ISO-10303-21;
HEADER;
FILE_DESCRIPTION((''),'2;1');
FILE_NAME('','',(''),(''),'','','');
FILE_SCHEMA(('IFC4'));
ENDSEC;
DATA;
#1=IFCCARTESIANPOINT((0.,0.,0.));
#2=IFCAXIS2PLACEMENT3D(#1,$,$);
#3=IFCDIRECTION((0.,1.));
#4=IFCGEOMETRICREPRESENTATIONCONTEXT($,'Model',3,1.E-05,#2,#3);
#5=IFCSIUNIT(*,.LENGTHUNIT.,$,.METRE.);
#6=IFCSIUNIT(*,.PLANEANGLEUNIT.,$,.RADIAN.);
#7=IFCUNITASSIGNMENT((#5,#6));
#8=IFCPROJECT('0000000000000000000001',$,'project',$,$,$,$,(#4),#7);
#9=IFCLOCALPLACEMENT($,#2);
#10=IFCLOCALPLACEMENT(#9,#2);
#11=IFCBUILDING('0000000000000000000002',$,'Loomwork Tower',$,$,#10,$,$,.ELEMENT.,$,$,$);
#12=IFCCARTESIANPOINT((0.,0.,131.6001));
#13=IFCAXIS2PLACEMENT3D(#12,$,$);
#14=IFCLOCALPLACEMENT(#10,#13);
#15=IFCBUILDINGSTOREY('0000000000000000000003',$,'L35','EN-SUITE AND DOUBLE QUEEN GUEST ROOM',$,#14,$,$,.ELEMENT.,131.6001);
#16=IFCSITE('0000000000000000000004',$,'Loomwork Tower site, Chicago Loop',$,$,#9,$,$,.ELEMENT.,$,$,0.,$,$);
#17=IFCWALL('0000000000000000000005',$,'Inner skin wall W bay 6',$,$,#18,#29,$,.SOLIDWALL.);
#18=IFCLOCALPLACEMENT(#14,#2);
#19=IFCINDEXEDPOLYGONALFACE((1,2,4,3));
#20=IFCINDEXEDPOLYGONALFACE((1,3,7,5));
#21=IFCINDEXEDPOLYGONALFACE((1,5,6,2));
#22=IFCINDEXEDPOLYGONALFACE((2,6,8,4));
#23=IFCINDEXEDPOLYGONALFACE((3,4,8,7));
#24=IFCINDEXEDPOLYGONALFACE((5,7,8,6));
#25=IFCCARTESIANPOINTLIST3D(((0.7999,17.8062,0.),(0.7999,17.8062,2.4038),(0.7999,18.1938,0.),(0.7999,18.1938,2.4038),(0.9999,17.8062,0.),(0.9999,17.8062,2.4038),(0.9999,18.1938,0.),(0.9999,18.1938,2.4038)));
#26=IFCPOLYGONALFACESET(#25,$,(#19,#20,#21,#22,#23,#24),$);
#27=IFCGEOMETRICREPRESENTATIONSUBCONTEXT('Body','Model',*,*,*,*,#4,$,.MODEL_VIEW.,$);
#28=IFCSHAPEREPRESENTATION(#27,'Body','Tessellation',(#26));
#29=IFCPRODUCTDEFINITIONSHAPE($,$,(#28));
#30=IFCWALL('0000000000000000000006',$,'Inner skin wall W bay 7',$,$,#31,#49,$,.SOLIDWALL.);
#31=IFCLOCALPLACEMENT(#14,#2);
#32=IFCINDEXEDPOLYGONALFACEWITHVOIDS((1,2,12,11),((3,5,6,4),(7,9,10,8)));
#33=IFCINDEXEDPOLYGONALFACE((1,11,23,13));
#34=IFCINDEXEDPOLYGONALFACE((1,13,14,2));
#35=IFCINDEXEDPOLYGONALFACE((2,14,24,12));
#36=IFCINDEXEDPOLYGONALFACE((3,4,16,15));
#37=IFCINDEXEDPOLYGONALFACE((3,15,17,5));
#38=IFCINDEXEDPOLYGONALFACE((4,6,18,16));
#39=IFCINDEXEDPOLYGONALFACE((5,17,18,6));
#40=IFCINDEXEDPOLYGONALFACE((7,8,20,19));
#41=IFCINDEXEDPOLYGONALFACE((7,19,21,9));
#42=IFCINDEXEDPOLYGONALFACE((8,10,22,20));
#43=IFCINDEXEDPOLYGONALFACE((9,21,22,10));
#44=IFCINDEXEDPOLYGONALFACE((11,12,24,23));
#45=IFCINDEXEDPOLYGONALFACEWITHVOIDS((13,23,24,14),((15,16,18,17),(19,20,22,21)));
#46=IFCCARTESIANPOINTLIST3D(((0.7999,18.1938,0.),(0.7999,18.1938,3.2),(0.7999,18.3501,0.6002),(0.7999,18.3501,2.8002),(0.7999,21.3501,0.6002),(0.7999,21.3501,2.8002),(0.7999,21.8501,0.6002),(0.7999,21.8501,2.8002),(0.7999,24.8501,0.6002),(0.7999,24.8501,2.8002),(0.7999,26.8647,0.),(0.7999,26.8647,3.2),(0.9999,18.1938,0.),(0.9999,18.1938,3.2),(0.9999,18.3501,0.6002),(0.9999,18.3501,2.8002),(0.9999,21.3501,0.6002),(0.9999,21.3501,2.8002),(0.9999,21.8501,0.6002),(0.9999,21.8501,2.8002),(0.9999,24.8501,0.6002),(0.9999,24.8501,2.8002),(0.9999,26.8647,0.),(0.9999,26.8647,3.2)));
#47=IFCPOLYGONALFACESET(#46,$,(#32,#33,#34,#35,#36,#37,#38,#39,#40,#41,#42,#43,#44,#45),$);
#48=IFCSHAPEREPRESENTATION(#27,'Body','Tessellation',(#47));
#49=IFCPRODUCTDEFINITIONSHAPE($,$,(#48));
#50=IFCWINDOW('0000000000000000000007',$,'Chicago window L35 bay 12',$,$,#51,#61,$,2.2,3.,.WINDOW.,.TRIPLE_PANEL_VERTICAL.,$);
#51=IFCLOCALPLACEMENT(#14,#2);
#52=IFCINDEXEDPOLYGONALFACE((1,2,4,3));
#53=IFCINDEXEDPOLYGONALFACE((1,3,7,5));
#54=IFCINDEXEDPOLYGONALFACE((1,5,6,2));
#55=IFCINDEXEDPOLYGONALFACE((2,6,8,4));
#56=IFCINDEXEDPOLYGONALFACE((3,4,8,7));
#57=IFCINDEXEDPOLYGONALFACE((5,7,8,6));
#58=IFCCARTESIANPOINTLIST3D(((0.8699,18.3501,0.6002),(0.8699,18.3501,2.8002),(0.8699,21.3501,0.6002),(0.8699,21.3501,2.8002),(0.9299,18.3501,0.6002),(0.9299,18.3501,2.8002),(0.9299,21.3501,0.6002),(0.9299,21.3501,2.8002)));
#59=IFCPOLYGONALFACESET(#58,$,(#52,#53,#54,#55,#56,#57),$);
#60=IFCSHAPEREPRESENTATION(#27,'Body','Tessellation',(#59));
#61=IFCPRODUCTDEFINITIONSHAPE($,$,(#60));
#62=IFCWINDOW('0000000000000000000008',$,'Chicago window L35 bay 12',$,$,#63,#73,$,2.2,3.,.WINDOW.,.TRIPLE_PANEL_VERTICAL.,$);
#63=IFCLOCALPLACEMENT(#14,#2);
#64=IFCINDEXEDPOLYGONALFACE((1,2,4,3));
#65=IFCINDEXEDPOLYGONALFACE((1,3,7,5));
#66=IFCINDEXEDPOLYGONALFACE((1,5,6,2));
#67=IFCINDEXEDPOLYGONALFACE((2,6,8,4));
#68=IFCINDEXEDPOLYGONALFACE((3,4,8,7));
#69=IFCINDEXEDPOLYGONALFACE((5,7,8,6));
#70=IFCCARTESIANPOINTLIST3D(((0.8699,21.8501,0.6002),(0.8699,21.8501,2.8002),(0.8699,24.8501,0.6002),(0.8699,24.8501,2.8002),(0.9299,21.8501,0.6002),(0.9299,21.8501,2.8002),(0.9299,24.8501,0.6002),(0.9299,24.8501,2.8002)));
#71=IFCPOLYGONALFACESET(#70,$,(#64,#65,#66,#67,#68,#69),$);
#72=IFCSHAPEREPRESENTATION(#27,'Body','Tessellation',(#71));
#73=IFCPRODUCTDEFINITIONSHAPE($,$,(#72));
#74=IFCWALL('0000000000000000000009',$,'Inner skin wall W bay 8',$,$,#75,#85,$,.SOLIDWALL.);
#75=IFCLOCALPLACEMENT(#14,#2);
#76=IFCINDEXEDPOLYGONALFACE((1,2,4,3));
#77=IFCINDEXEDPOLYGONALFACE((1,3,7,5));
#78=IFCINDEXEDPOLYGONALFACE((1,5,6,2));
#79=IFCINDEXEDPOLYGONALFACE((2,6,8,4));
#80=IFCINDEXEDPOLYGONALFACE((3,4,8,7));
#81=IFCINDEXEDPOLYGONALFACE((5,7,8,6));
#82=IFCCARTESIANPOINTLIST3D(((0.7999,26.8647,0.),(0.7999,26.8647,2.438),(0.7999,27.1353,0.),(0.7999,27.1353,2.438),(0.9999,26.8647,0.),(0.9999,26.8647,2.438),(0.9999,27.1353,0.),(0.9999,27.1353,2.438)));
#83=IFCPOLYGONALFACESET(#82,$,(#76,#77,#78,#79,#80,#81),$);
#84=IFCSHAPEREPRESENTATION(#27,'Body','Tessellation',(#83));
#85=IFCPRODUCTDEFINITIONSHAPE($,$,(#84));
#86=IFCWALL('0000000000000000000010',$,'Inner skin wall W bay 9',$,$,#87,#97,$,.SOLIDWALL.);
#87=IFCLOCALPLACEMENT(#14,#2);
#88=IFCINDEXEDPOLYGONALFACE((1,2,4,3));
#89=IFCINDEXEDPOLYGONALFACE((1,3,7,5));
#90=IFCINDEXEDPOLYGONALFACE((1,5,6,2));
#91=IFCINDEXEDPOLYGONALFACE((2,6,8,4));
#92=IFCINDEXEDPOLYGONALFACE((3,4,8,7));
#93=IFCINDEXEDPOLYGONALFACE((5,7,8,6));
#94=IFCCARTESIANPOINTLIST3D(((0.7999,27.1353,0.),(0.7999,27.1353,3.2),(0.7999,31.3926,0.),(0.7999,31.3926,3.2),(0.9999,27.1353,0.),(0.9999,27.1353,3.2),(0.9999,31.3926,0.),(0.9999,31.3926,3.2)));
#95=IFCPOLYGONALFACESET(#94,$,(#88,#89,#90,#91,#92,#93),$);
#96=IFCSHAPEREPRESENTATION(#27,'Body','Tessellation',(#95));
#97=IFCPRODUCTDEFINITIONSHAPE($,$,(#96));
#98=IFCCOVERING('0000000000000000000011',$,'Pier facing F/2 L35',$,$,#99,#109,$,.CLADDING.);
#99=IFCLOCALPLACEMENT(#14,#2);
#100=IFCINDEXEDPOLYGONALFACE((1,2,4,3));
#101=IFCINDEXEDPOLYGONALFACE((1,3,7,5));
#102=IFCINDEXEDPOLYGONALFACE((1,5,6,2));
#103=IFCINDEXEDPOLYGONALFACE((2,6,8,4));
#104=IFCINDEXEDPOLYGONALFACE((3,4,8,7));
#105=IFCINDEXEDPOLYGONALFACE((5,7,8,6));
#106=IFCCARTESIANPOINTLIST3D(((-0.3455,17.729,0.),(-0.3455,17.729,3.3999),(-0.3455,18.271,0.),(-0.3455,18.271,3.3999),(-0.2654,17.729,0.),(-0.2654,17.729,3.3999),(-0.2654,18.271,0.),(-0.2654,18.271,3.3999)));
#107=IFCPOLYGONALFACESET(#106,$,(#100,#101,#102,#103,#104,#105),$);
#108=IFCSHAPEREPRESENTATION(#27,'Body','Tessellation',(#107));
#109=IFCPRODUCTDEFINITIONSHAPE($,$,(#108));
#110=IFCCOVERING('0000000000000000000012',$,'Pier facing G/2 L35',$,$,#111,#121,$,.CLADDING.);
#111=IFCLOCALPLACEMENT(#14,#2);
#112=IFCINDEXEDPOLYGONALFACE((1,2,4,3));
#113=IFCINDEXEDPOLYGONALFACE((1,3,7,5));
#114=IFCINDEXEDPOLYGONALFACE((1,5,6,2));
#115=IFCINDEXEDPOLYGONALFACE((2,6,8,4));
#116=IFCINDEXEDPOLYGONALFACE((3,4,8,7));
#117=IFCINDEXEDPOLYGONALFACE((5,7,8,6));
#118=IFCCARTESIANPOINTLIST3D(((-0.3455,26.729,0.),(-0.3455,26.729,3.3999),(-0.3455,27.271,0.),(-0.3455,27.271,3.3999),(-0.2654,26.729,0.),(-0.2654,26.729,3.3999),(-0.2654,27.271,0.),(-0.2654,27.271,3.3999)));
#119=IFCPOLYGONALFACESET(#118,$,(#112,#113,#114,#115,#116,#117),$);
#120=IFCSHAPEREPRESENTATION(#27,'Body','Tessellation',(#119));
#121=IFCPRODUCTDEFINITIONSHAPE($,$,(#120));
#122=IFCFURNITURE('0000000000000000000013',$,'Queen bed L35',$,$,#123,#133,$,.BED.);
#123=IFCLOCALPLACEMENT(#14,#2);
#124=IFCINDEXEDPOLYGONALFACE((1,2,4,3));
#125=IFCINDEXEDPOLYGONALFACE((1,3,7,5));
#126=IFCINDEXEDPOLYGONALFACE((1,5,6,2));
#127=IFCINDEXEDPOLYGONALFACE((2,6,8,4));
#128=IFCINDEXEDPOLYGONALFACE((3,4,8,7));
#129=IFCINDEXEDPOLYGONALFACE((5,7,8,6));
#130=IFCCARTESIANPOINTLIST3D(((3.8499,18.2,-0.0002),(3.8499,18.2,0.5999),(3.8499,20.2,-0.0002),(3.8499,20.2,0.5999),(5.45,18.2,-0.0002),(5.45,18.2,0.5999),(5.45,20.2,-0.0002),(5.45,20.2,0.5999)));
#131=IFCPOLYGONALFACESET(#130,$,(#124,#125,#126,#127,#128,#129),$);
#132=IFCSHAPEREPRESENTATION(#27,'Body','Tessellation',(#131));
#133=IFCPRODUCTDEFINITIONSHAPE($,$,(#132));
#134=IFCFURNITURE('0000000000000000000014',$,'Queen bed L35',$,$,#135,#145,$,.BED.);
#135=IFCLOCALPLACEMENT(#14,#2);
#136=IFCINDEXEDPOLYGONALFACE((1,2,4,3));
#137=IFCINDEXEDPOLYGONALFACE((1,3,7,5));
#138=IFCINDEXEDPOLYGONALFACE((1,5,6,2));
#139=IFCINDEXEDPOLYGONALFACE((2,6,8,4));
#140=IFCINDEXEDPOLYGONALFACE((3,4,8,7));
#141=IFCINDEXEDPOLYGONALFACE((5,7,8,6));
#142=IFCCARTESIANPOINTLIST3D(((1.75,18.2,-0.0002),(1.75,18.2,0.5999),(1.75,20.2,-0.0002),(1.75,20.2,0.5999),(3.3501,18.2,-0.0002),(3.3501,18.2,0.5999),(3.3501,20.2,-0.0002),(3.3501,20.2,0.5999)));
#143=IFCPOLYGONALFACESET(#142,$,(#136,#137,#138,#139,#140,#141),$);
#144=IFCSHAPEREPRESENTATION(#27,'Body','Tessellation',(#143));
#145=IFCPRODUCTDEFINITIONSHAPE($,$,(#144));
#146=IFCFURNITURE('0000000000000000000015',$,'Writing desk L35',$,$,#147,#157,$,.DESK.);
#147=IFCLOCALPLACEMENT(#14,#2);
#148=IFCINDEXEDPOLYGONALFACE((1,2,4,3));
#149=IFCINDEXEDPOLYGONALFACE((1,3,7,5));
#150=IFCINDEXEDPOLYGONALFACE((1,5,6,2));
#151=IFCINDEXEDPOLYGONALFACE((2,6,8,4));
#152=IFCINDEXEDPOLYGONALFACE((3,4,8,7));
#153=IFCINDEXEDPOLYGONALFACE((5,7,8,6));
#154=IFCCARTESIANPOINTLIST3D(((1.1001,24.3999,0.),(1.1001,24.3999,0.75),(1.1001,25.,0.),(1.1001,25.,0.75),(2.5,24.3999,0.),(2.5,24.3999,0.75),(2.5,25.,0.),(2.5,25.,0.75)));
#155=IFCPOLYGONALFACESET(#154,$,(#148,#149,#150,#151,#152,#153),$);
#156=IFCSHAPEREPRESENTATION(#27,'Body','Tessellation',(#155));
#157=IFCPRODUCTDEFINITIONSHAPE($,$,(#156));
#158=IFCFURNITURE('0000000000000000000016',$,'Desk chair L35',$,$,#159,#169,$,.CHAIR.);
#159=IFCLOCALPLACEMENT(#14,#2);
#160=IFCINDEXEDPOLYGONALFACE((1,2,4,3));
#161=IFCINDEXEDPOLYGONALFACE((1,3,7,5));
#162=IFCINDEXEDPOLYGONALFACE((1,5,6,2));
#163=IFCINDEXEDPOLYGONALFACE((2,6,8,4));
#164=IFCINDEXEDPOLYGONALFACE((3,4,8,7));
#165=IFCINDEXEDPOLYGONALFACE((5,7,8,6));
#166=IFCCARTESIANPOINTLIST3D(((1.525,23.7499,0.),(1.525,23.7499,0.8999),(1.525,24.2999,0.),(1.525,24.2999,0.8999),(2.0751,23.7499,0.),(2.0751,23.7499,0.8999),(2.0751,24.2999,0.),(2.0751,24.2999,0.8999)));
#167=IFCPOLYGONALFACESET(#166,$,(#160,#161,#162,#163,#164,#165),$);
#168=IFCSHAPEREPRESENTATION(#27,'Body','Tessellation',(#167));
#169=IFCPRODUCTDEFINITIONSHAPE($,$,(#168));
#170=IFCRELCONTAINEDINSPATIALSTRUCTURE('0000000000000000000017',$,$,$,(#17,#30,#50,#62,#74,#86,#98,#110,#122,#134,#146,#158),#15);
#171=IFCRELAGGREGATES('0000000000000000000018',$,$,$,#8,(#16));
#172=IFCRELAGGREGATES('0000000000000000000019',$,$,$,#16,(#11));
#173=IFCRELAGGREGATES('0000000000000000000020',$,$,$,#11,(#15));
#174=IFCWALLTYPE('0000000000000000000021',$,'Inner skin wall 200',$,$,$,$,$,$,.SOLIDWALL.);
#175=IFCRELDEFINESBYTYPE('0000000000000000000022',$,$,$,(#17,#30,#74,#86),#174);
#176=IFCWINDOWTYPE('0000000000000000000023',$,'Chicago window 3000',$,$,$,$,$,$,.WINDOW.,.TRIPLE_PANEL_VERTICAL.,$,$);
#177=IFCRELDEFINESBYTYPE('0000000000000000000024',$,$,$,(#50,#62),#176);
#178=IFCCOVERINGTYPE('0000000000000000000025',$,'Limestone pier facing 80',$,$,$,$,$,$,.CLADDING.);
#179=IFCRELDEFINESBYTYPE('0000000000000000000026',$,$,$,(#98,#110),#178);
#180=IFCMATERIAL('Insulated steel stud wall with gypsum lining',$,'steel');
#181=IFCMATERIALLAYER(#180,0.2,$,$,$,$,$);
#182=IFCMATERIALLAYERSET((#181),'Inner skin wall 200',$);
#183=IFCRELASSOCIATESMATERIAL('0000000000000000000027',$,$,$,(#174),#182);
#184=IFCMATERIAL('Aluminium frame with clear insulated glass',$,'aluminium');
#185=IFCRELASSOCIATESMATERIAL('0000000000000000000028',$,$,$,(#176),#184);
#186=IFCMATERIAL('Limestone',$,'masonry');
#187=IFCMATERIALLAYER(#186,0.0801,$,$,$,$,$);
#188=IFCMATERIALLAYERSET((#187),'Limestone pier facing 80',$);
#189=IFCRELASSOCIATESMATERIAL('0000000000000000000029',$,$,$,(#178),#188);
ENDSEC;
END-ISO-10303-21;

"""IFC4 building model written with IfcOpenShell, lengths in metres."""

from ifc_helpers import new_model, si_unit, direction, frame, frame_2d, origin, origin_2d, place, context, subcontext, project, spatial, rectangle, extrude, material, layer, layer_set, type_object, element, fill, save


model = new_model("IFC4")

# Units and contexts
model_context = context("Model", 3, precision=1e-05, world=origin(), true_north=direction((0.0, 1.0)))
body_context = subcontext(model_context, "Body", "Model", "MODEL_VIEW")
ifc_project = project(units=[si_unit("LENGTHUNIT", "METRE"), si_unit("PLANEANGLEUNIT", "RADIAN")], contexts=[model_context])

# Site, building, storey
site_placement = place(None, origin())
site = spatial("IfcSite", under=ifc_project, at=site_placement, Name="Loomwork Tower site, Chicago Loop", CompositionType="ELEMENT", RefElevation=0.0)
building_placement = place(site_placement, origin())
building = spatial("IfcBuilding", under=site, at=building_placement, Name="Loomwork Tower", CompositionType="ELEMENT")
storey_placement = place(building_placement, frame((0.0, 0.0, 131.6001)))
storey = spatial("IfcBuildingStorey", under=building, at=storey_placement, Name="L35", Description="EN-SUITE AND DOUBLE QUEEN GUEST ROOM", CompositionType="ELEMENT", Elevation=131.6001)

# Wall
ifc_material_1 = material(Name="Insulated steel stud wall with gypsum lining", Category="steel")
ifc_layer_1 = layer(ifc_material_1, 0.2)
ifc_layer_set_1 = layer_set([ifc_layer_1], Name="Inner skin wall 200")
wall_type_1 = type_object("IfcWallType", Name="Inner skin wall 200", PredefinedType="SOLIDWALL", material=ifc_layer_set_1)
wall_1_placement = place(storey_placement, frame((0.8999, 17.8062, 0.0), z_axis=(0.0, 0.0, 1.0), x_axis=(0.0, 1.0, 0.0)))
element("IfcWall", 1, at=wall_1_placement, inside=storey, type_object=wall_type_1, Name="Inner skin wall W bay 6", PredefinedType="SOLIDWALL", context=body_context, shape_type="SweptSolid", body=[
    extrude(rectangle(XDim=0.3877, YDim=0.2, at=frame_2d((0.1938, 0.0))), origin(), (0.0, 0.0, 1.0), 2.4038),
])

# Wall, openings, windows
wall_2_placement = place(storey_placement, frame((0.8999, 18.1938, 0.0), z_axis=(0.0, 0.0, 1.0), x_axis=(0.0, 1.0, 0.0)))
wall_2 = element("IfcWall", 2, at=wall_2_placement, inside=storey, type_object=wall_type_1, Name="Inner skin wall W bay 7", PredefinedType="SOLIDWALL", context=body_context, shape_type="SweptSolid", body=[
    extrude(rectangle(XDim=8.6709, YDim=0.2, at=frame_2d((4.3354, 0.0))), origin(), (0.0, 0.0, 1.0), 3.2),
])
opening_1_placement = place(wall_2_placement, frame((0.1562, 0.0, 0.6001)))
opening_1 = element("IfcOpeningElement", 3, at=opening_1_placement, cuts=wall_2, PredefinedType="OPENING", context=body_context, shape_type="SweptSolid", body=[
    extrude(rectangle(XDim=3.0, YDim=2.2, at=frame_2d((1.5, 1.1001))), frame((0.0, 0.1099, 0.0), z_axis=(0.0, -1.0, 0.0), x_axis=(1.0, 0.0, 0.0)), (0.0, 0.0, 1.0), 0.22),
])
opening_2_placement = place(wall_2_placement, frame((3.6562, 0.0, 0.6001)))
opening_2 = element("IfcOpeningElement", 4, at=opening_2_placement, cuts=wall_2, PredefinedType="OPENING", context=body_context, shape_type="SweptSolid", body=[
    extrude(rectangle(XDim=3.0, YDim=2.2, at=frame_2d((1.5, 1.1001))), frame((0.0, 0.1099, 0.0), z_axis=(0.0, -1.0, 0.0), x_axis=(1.0, 0.0, 0.0)), (0.0, 0.0, 1.0), 0.22),
])
ifc_material_2 = material(Name="Aluminium frame with clear insulated glass", Category="aluminium")
window_type = type_object("IfcWindowType", Name="Chicago window 3000", PartitioningType="TRIPLE_PANEL_VERTICAL", PredefinedType="WINDOW", material=ifc_material_2)
window_1_placement = place(opening_1_placement, origin())
window_1 = element("IfcWindow", 5, at=window_1_placement, inside=storey, type_object=window_type, Name="Chicago window L35 bay 12", OverallHeight=2.2, OverallWidth=3.0, PartitioningType="TRIPLE_PANEL_VERTICAL", PredefinedType="WINDOW", context=body_context, shape_type="SweptSolid", body=[
    extrude(rectangle(XDim=3.0, YDim=2.2, at=frame_2d((1.5, 1.1001))), frame((0.0, 0.03, 0.0), z_axis=(0.0, -1.0, 0.0), x_axis=(1.0, 0.0, 0.0)), (0.0, 0.0, 1.0), 0.0601),
])
fill(opening_1, window_1)
window_2_placement = place(opening_2_placement, origin())
window_2 = element("IfcWindow", 6, at=window_2_placement, inside=storey, type_object=window_type, Name="Chicago window L35 bay 12", OverallHeight=2.2, OverallWidth=3.0, PartitioningType="TRIPLE_PANEL_VERTICAL", PredefinedType="WINDOW", context=body_context, shape_type="SweptSolid", body=[
    extrude(rectangle(XDim=3.0, YDim=2.2, at=frame_2d((1.5, 1.1001))), frame((0.0, 0.03, 0.0), z_axis=(0.0, -1.0, 0.0), x_axis=(1.0, 0.0, 0.0)), (0.0, 0.0, 1.0), 0.0601),
])
fill(opening_2, window_2)

# Walls
wall_3_placement = place(storey_placement, frame((0.8999, 26.8647, 0.0), z_axis=(0.0, 0.0, 1.0), x_axis=(0.0, 1.0, 0.0)))
element("IfcWall", 7, at=wall_3_placement, inside=storey, type_object=wall_type_1, Name="Inner skin wall W bay 8", PredefinedType="SOLIDWALL", context=body_context, shape_type="SweptSolid", body=[
    extrude(rectangle(XDim=0.2705, YDim=0.2, at=frame_2d((0.1353, 0.0))), origin(), (0.0, 0.0, 1.0), 2.438),
])
wall_4_placement = place(storey_placement, frame((0.8999, 27.1353, 0.0), z_axis=(0.0, 0.0, 1.0), x_axis=(0.0, 1.0, 0.0)))
element("IfcWall", 8, at=wall_4_placement, inside=storey, type_object=wall_type_1, Name="Inner skin wall W bay 9", PredefinedType="SOLIDWALL", context=body_context, shape_type="SweptSolid", body=[
    extrude(rectangle(XDim=4.2573, YDim=0.2, at=frame_2d((2.1287, 0.0))), origin(), (0.0, 0.0, 1.0), 3.2),
])

# Coverings
ifc_material_3 = material(Name="Limestone", Category="masonry")
ifc_layer_2 = layer(ifc_material_3, 0.0801)
ifc_layer_set_2 = layer_set([ifc_layer_2], Name="Limestone pier facing 80")
covering_type = type_object("IfcCoveringType", Name="Limestone pier facing 80", PredefinedType="CLADDING", material=ifc_layer_set_2)
for number, where, z_axis, x_axis, name in (
    (9, (-0.3054, 18.0, 0.0), (0.0, 0.0, 1.0), (1.0, 0.0, 0.0), "Pier facing F/2 L35"),
    (10, (-0.3054, 27.0, 0.0), (0.0, 0.0, 1.0), (1.0, 0.0, 0.0), "Pier facing G/2 L35"),
):
    element("IfcCovering", number, at=place(storey_placement, frame(where, z_axis=z_axis, x_axis=x_axis)), inside=storey, type_object=covering_type, Name=name, PredefinedType="CLADDING", context=body_context, shape_type="SweptSolid", body=[
        extrude(rectangle(XDim=0.0801, YDim=0.542, at=origin_2d()), origin(), (0.0, 0.0, 1.0), 3.3999),
    ])

# Furniture
for number, where, z_axis, x_axis, name in (
    (11, (4.6499, 19.2, -0.0002), (0.0, 0.0, 1.0), (1.0, 0.0, 0.0), "Queen bed L35"),
    (12, (2.55, 19.2, -0.0002), (0.0, 0.0, 1.0), (1.0, 0.0, 0.0), "Queen bed L35"),
):
    element("IfcFurniture", number, at=place(storey_placement, frame(where, z_axis=z_axis, x_axis=x_axis)), inside=storey, Name=name, PredefinedType="BED", context=body_context, shape_type="SweptSolid", body=[
        extrude(rectangle(XDim=1.6001, YDim=2.0, at=origin_2d()), origin(), (0.0, 0.0, 1.0), 0.6001),
    ])
furniture_1_placement = place(storey_placement, frame((1.8, 24.7, 0.0), z_axis=(0.0, 0.0, 1.0), x_axis=(1.0, 0.0, 0.0)))
element("IfcFurniture", 13, at=furniture_1_placement, inside=storey, Name="Writing desk L35", PredefinedType="DESK", context=body_context, shape_type="SweptSolid", body=[
    extrude(rectangle(XDim=1.3999, YDim=0.6001, at=origin_2d()), origin(), (0.0, 0.0, 1.0), 0.75),
])
furniture_2_placement = place(storey_placement, frame((1.8, 24.0249, 0.0), z_axis=(0.0, 0.0, 1.0), x_axis=(1.0, 0.0, 0.0)))
element("IfcFurniture", 14, at=furniture_2_placement, inside=storey, Name="Desk chair L35", PredefinedType="CHAIR", context=body_context, shape_type="SweptSolid", body=[
    extrude(rectangle(XDim=0.55, YDim=0.55, at=origin_2d()), origin(), (0.0, 0.0, 1.0), 0.8999),
])

save(model, "model.ifc")
